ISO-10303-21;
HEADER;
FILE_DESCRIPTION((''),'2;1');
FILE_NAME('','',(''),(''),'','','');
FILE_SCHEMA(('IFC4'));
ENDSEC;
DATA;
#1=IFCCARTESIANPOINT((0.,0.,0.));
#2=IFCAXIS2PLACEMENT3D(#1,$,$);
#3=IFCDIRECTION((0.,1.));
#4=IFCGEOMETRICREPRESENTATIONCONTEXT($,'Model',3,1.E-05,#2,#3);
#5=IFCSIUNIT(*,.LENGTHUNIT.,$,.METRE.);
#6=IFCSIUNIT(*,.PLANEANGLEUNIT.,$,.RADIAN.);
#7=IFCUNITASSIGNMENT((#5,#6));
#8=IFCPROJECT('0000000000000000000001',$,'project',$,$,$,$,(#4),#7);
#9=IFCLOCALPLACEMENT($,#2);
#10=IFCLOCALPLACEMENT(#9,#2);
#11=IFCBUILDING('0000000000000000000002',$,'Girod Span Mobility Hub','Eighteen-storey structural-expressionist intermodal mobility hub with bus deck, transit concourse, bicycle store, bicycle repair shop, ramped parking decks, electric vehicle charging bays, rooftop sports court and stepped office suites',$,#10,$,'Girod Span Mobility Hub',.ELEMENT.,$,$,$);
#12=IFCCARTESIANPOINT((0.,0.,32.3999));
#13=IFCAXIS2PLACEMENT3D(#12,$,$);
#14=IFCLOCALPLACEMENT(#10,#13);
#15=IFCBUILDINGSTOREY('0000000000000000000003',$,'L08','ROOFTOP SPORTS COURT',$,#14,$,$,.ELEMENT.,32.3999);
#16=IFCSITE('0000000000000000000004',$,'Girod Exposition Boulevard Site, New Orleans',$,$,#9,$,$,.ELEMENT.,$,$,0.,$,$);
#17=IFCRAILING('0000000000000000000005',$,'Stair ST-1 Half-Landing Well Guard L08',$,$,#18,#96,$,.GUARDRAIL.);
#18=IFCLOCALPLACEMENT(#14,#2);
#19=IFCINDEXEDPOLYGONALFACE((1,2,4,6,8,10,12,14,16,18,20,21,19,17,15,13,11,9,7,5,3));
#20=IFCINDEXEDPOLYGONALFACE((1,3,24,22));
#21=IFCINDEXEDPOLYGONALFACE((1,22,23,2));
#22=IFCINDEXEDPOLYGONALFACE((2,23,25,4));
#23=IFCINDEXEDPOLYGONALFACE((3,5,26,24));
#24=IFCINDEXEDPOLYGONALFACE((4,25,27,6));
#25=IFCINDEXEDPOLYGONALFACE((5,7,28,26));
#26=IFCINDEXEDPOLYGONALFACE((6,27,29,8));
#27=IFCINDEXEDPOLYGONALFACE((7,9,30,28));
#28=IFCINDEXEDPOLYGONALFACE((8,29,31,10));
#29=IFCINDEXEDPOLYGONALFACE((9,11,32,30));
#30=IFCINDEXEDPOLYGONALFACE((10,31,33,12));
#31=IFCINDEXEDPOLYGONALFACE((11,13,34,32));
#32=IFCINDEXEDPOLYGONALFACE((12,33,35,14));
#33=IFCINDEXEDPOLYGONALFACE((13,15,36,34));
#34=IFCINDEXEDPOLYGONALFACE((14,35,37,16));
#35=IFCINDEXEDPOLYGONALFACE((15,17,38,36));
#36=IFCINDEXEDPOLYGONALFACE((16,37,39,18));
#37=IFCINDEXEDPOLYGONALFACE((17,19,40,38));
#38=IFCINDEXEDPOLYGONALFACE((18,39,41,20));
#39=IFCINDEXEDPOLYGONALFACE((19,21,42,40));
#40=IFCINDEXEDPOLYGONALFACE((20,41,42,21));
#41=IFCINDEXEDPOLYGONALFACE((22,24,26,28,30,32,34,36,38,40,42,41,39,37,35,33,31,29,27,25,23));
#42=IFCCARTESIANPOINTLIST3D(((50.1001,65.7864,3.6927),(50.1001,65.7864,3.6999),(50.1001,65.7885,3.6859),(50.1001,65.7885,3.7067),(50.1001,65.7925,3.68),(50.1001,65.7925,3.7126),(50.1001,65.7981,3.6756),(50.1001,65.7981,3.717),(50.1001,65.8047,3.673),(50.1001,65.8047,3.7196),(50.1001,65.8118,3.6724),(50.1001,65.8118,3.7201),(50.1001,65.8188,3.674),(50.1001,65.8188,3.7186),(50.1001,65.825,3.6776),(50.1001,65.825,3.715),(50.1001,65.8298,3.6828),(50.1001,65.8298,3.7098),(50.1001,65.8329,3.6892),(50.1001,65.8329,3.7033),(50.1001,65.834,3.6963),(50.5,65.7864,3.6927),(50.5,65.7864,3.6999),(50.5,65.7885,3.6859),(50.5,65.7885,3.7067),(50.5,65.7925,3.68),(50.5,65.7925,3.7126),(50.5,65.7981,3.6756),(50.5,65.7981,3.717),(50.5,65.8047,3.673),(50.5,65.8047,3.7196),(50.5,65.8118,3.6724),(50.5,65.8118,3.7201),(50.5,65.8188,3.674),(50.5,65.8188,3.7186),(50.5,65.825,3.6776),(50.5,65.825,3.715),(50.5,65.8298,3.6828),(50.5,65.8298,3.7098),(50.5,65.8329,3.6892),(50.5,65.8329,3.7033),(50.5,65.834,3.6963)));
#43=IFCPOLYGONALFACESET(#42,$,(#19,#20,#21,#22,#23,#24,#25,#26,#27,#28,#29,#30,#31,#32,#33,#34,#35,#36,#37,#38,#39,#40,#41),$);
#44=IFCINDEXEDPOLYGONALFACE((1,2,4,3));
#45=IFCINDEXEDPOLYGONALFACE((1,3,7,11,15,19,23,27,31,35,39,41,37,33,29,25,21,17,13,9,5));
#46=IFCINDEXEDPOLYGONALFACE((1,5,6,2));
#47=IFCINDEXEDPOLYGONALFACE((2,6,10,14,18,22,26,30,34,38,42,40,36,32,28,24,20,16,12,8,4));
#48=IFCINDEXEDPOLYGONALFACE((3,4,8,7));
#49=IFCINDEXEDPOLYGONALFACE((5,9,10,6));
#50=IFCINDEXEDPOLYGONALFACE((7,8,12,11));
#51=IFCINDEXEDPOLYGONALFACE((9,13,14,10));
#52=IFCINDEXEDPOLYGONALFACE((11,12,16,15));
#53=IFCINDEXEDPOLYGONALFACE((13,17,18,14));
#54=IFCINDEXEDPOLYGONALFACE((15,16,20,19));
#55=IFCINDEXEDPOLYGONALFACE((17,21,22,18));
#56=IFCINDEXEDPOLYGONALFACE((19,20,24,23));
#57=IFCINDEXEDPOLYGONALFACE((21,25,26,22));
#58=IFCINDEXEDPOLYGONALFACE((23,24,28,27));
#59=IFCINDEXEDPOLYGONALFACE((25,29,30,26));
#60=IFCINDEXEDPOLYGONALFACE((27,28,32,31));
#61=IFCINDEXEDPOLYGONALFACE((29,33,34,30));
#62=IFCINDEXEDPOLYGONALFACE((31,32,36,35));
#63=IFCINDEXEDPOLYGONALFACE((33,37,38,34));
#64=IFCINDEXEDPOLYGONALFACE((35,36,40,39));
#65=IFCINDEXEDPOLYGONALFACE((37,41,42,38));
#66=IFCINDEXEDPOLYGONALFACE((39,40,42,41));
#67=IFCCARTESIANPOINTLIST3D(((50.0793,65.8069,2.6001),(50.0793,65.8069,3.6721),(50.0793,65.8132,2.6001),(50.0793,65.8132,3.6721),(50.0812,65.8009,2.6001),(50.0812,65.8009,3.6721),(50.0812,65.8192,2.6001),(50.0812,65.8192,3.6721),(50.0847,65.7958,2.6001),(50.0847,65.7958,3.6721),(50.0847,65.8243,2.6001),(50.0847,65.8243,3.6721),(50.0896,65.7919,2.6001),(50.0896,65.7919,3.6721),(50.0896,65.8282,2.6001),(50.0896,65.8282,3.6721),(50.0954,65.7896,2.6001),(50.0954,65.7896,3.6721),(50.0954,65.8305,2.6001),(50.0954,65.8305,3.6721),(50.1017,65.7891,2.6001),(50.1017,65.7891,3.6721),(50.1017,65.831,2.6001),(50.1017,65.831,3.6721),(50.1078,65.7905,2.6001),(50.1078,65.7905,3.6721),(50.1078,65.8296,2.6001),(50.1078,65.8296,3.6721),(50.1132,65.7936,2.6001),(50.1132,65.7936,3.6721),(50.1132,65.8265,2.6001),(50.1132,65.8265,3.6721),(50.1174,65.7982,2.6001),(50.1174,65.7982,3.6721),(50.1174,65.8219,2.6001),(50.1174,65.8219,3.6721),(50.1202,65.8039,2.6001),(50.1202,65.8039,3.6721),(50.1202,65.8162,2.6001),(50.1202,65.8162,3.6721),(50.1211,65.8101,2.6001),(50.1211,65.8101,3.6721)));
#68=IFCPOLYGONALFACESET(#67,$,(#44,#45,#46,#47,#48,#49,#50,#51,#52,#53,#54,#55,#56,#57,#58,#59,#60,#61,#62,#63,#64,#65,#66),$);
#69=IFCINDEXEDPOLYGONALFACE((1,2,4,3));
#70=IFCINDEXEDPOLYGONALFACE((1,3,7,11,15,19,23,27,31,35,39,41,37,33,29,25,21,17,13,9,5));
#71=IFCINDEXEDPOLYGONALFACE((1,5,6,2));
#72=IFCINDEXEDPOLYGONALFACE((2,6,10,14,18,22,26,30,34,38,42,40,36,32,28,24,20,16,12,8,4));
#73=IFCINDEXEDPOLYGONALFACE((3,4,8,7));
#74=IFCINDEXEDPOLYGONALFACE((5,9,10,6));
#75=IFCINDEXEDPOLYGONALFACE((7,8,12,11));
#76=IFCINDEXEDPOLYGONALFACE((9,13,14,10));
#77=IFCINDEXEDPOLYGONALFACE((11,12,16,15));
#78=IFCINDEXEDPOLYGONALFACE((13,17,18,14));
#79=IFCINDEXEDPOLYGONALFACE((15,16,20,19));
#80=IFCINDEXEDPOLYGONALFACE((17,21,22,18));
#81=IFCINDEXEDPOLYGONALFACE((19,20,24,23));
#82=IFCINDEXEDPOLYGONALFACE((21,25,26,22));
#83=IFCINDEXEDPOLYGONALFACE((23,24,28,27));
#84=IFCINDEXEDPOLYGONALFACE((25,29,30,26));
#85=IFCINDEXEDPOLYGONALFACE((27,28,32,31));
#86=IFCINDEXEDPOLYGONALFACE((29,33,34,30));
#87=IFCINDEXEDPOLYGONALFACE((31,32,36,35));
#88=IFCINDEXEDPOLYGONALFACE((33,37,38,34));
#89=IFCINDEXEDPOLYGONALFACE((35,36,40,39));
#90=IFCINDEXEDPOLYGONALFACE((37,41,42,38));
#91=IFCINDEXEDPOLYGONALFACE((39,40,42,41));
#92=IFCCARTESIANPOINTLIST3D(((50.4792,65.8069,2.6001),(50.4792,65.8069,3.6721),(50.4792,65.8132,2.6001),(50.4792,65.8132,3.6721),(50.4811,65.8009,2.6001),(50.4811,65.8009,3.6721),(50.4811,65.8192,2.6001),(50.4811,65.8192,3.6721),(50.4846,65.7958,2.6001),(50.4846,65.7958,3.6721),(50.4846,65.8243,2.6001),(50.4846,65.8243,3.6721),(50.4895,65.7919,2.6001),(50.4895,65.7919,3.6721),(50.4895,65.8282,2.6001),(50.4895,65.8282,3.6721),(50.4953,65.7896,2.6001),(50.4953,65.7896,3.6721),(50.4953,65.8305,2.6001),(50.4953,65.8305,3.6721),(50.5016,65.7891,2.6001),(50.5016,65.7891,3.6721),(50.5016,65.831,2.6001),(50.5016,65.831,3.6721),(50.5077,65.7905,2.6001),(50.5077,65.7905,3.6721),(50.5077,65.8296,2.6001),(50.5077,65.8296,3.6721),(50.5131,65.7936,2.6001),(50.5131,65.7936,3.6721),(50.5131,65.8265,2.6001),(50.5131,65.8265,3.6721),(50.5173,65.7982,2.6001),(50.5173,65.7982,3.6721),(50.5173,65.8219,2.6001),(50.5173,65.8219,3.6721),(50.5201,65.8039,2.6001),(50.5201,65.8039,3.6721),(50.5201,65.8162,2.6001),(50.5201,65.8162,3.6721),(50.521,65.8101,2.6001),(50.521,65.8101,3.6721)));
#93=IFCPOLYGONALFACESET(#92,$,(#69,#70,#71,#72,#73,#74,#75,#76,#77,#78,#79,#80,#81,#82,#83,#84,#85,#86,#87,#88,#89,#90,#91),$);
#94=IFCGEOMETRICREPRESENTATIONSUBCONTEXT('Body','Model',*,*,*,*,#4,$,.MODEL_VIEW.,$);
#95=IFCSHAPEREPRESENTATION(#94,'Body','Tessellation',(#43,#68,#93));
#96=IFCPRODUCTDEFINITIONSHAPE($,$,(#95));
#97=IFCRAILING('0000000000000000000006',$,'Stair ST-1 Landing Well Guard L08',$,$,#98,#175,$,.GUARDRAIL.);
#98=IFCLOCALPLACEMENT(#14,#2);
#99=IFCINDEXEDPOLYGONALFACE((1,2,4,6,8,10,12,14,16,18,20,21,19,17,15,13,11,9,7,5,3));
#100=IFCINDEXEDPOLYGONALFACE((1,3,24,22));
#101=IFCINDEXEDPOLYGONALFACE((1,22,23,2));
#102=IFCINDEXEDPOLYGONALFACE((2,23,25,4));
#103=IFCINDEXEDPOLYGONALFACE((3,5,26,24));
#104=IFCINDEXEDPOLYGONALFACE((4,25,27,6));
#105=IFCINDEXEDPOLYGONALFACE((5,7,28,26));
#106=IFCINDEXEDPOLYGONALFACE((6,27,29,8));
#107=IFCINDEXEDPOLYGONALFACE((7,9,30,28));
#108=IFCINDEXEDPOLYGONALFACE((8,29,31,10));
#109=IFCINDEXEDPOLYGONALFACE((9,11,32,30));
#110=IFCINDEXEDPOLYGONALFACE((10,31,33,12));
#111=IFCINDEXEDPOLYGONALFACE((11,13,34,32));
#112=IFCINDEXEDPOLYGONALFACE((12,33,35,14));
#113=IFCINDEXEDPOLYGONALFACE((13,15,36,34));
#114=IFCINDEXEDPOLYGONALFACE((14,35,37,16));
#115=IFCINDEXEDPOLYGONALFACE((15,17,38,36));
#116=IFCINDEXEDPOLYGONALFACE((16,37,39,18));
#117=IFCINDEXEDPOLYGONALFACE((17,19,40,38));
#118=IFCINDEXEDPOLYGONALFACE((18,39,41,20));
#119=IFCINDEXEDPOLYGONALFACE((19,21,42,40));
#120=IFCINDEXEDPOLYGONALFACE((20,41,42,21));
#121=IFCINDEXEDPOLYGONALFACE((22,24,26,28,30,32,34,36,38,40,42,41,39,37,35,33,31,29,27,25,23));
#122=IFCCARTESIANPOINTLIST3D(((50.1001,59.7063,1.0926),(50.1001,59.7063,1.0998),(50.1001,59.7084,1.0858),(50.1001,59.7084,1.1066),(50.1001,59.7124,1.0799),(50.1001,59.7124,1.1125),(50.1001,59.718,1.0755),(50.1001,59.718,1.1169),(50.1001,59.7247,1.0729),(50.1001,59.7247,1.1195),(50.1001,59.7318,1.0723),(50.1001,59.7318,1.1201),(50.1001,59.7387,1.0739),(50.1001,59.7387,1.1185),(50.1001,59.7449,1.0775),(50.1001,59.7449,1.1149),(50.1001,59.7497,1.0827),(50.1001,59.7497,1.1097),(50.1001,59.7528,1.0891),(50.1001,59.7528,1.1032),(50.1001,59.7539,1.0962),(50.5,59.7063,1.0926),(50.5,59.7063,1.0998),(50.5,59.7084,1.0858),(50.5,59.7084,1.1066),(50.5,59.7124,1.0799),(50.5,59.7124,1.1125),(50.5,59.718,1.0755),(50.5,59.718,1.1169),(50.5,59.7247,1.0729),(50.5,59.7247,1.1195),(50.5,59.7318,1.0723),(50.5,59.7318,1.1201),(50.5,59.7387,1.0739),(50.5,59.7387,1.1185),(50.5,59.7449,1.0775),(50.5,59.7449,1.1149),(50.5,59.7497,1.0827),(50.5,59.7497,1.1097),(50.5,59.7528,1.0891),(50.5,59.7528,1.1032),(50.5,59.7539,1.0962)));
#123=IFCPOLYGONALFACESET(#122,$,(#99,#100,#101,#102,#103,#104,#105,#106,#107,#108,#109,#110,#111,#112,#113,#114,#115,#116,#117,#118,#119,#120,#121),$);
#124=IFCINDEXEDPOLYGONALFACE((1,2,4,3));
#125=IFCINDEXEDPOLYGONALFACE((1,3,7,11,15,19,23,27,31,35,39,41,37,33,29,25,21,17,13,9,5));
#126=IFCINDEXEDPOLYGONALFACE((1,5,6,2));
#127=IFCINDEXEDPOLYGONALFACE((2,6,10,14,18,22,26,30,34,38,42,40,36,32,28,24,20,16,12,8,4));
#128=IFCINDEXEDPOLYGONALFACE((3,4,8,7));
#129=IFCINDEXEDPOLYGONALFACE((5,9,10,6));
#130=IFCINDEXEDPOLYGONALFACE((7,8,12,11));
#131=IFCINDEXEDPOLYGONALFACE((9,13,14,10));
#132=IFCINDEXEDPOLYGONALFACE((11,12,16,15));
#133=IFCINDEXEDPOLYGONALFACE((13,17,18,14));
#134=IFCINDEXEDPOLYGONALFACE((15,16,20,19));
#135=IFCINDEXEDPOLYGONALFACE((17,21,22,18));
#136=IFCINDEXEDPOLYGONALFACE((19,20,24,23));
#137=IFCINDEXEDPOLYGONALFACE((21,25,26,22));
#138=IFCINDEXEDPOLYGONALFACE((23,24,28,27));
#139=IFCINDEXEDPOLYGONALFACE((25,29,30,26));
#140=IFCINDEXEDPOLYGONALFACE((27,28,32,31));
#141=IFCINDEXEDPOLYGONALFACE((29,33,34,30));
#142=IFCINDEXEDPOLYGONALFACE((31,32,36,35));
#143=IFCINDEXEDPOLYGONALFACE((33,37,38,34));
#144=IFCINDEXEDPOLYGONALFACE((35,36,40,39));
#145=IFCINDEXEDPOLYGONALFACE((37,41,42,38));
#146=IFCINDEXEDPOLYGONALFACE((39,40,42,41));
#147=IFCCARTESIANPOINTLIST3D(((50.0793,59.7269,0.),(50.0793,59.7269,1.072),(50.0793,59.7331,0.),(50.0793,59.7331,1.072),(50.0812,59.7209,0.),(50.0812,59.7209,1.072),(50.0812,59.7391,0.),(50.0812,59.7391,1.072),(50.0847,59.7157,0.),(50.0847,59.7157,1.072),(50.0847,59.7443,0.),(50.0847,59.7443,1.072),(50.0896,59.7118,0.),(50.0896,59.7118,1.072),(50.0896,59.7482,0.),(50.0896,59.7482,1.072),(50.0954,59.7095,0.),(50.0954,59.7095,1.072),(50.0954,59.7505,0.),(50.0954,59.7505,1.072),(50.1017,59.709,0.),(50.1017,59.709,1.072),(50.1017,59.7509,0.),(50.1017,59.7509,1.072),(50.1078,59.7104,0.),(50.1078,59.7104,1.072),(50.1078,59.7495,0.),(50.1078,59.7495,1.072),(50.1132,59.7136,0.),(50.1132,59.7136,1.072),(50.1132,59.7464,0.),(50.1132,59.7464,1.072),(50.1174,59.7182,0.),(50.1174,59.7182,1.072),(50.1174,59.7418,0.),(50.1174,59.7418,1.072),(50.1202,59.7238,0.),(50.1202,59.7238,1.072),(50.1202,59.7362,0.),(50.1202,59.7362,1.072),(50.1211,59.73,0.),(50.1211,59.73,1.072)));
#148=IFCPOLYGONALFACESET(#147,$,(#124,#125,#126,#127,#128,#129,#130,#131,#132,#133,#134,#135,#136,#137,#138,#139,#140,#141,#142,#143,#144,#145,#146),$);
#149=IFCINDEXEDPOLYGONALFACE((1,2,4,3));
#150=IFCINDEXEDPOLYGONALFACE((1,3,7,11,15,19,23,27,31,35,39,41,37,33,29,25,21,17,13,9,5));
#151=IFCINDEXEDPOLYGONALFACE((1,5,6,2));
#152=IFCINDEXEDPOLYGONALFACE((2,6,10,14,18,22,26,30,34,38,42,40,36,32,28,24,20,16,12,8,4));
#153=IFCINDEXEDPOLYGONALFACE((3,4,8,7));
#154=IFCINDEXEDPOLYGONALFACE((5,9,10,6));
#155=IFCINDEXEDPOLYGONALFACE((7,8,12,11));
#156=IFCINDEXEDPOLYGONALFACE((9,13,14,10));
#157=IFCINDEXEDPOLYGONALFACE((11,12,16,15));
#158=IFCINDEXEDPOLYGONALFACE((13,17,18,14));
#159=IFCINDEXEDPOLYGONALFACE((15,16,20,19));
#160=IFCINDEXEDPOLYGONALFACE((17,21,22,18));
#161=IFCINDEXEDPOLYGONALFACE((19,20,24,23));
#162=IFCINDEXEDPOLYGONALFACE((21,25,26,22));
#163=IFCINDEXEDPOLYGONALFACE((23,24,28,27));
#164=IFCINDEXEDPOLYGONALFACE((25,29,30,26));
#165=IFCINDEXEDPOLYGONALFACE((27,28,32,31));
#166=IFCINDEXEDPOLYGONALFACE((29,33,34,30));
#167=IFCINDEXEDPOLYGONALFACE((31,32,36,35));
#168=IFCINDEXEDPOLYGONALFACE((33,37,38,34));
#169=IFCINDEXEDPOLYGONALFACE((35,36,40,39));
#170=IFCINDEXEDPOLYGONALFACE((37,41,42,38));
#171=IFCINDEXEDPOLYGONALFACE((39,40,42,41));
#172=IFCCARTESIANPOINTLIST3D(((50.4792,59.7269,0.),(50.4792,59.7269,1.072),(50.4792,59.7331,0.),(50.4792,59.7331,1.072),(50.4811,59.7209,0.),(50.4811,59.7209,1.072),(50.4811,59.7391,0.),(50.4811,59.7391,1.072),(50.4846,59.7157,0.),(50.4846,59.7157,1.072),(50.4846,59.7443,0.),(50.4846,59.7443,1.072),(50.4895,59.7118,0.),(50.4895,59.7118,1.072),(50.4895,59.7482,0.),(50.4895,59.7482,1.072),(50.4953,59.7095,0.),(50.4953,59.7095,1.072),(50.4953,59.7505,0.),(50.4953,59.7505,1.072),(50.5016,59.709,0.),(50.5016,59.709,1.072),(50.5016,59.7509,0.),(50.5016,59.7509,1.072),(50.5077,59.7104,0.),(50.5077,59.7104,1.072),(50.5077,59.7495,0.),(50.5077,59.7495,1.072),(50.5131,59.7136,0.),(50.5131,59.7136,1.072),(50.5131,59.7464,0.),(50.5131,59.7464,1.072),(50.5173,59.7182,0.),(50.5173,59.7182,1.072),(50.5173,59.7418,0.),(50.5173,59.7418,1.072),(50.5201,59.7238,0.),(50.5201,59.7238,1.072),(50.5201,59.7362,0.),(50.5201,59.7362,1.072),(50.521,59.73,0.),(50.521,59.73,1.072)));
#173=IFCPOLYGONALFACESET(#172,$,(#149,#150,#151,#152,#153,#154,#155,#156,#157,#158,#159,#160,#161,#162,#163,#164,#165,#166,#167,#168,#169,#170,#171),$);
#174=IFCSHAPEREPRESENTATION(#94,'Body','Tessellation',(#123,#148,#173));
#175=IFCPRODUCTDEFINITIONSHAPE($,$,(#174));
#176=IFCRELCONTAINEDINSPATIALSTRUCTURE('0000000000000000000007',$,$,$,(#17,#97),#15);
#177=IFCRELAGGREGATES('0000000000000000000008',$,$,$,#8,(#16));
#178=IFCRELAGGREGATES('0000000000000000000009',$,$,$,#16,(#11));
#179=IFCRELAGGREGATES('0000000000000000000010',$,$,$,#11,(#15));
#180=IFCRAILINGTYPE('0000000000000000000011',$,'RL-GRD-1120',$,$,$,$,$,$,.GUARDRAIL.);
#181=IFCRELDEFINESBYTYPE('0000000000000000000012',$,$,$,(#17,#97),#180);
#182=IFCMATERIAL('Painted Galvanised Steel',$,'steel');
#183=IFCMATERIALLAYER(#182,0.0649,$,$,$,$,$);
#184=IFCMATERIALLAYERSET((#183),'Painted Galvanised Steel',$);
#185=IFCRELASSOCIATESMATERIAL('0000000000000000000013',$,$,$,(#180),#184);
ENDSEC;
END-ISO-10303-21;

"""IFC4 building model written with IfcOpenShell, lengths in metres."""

from ifc_helpers import new_model, si_unit, direction, frame, origin, origin_2d, place, context, subcontext, project, spatial, circle, extrude, material, layer, layer_set, type_object, element, save


model = new_model("IFC4")

# Units and contexts
model_context = context("Model", 3, precision=1e-05, world=origin(), true_north=direction((0.0, 1.0)))
body_context = subcontext(model_context, "Body", "Model", "MODEL_VIEW")
ifc_project = project(units=[si_unit("LENGTHUNIT", "METRE"), si_unit("PLANEANGLEUNIT", "RADIAN")], contexts=[model_context])

# Site, building, storey
site_placement = place(None, origin())
site = spatial("IfcSite", under=ifc_project, at=site_placement, Name="Girod Exposition Boulevard Site, New Orleans", CompositionType="ELEMENT", RefElevation=0.0)
building_placement = place(site_placement, origin())
building = spatial("IfcBuilding", under=site, at=building_placement, Name="Girod Span Mobility Hub", Description="Eighteen-storey structural-expressionist intermodal mobility hub with bus deck, transit concourse, bicycle store, bicycle repair shop, ramped parking decks, electric vehicle charging bays, rooftop sports court and stepped office suites", LongName="Girod Span Mobility Hub", CompositionType="ELEMENT")
storey_placement = place(building_placement, frame((0.0, 0.0, 32.3999)))
storey = spatial("IfcBuildingStorey", under=building, at=storey_placement, Name="L08", Description="ROOFTOP SPORTS COURT", CompositionType="ELEMENT", Elevation=32.3999)

# Railings
ifc_material_1 = material(Name="Painted Galvanised Steel", Category="steel")
ifc_layer_1 = layer(ifc_material_1, 0.0649)
ifc_layer_set_1 = layer_set([ifc_layer_1], Name="Painted Galvanised Steel")
railing_type_1 = type_object("IfcRailingType", Name="RL-GRD-1120", PredefinedType="GUARDRAIL", material=ifc_layer_set_1)
for number, where, name in (
    (1, (50.1001, 65.8101, 2.6001), "Stair ST-1 Half-Landing Well Guard L08"),
    (2, (50.1001, 59.73, 0.0), "Stair ST-1 Landing Well Guard L08"),
):
    element("IfcRailing", number, at=place(storey_placement, frame(where)), inside=storey, type_object=railing_type_1, Name=name, PredefinedType="GUARDRAIL", context=body_context, shape_type="SweptSolid", body=[
        extrude(circle(Radius=0.0239, at=origin_2d()), frame((0.0, 0.0, 1.0962), z_axis=(1.0, 0.0, 0.0), x_axis=(0.0, 1.0, 0.0)), (0.0, 0.0, 1.0), 0.3999),
        extrude(circle(Radius=0.021, at=origin_2d()), origin(), (0.0, 0.0, 1.0), 1.072),
        extrude(circle(Radius=0.021, at=origin_2d()), frame((0.3999, 0.0, 0.0)), (0.0, 0.0, 1.0), 1.072),
    ])

save(model, "model.ifc")
